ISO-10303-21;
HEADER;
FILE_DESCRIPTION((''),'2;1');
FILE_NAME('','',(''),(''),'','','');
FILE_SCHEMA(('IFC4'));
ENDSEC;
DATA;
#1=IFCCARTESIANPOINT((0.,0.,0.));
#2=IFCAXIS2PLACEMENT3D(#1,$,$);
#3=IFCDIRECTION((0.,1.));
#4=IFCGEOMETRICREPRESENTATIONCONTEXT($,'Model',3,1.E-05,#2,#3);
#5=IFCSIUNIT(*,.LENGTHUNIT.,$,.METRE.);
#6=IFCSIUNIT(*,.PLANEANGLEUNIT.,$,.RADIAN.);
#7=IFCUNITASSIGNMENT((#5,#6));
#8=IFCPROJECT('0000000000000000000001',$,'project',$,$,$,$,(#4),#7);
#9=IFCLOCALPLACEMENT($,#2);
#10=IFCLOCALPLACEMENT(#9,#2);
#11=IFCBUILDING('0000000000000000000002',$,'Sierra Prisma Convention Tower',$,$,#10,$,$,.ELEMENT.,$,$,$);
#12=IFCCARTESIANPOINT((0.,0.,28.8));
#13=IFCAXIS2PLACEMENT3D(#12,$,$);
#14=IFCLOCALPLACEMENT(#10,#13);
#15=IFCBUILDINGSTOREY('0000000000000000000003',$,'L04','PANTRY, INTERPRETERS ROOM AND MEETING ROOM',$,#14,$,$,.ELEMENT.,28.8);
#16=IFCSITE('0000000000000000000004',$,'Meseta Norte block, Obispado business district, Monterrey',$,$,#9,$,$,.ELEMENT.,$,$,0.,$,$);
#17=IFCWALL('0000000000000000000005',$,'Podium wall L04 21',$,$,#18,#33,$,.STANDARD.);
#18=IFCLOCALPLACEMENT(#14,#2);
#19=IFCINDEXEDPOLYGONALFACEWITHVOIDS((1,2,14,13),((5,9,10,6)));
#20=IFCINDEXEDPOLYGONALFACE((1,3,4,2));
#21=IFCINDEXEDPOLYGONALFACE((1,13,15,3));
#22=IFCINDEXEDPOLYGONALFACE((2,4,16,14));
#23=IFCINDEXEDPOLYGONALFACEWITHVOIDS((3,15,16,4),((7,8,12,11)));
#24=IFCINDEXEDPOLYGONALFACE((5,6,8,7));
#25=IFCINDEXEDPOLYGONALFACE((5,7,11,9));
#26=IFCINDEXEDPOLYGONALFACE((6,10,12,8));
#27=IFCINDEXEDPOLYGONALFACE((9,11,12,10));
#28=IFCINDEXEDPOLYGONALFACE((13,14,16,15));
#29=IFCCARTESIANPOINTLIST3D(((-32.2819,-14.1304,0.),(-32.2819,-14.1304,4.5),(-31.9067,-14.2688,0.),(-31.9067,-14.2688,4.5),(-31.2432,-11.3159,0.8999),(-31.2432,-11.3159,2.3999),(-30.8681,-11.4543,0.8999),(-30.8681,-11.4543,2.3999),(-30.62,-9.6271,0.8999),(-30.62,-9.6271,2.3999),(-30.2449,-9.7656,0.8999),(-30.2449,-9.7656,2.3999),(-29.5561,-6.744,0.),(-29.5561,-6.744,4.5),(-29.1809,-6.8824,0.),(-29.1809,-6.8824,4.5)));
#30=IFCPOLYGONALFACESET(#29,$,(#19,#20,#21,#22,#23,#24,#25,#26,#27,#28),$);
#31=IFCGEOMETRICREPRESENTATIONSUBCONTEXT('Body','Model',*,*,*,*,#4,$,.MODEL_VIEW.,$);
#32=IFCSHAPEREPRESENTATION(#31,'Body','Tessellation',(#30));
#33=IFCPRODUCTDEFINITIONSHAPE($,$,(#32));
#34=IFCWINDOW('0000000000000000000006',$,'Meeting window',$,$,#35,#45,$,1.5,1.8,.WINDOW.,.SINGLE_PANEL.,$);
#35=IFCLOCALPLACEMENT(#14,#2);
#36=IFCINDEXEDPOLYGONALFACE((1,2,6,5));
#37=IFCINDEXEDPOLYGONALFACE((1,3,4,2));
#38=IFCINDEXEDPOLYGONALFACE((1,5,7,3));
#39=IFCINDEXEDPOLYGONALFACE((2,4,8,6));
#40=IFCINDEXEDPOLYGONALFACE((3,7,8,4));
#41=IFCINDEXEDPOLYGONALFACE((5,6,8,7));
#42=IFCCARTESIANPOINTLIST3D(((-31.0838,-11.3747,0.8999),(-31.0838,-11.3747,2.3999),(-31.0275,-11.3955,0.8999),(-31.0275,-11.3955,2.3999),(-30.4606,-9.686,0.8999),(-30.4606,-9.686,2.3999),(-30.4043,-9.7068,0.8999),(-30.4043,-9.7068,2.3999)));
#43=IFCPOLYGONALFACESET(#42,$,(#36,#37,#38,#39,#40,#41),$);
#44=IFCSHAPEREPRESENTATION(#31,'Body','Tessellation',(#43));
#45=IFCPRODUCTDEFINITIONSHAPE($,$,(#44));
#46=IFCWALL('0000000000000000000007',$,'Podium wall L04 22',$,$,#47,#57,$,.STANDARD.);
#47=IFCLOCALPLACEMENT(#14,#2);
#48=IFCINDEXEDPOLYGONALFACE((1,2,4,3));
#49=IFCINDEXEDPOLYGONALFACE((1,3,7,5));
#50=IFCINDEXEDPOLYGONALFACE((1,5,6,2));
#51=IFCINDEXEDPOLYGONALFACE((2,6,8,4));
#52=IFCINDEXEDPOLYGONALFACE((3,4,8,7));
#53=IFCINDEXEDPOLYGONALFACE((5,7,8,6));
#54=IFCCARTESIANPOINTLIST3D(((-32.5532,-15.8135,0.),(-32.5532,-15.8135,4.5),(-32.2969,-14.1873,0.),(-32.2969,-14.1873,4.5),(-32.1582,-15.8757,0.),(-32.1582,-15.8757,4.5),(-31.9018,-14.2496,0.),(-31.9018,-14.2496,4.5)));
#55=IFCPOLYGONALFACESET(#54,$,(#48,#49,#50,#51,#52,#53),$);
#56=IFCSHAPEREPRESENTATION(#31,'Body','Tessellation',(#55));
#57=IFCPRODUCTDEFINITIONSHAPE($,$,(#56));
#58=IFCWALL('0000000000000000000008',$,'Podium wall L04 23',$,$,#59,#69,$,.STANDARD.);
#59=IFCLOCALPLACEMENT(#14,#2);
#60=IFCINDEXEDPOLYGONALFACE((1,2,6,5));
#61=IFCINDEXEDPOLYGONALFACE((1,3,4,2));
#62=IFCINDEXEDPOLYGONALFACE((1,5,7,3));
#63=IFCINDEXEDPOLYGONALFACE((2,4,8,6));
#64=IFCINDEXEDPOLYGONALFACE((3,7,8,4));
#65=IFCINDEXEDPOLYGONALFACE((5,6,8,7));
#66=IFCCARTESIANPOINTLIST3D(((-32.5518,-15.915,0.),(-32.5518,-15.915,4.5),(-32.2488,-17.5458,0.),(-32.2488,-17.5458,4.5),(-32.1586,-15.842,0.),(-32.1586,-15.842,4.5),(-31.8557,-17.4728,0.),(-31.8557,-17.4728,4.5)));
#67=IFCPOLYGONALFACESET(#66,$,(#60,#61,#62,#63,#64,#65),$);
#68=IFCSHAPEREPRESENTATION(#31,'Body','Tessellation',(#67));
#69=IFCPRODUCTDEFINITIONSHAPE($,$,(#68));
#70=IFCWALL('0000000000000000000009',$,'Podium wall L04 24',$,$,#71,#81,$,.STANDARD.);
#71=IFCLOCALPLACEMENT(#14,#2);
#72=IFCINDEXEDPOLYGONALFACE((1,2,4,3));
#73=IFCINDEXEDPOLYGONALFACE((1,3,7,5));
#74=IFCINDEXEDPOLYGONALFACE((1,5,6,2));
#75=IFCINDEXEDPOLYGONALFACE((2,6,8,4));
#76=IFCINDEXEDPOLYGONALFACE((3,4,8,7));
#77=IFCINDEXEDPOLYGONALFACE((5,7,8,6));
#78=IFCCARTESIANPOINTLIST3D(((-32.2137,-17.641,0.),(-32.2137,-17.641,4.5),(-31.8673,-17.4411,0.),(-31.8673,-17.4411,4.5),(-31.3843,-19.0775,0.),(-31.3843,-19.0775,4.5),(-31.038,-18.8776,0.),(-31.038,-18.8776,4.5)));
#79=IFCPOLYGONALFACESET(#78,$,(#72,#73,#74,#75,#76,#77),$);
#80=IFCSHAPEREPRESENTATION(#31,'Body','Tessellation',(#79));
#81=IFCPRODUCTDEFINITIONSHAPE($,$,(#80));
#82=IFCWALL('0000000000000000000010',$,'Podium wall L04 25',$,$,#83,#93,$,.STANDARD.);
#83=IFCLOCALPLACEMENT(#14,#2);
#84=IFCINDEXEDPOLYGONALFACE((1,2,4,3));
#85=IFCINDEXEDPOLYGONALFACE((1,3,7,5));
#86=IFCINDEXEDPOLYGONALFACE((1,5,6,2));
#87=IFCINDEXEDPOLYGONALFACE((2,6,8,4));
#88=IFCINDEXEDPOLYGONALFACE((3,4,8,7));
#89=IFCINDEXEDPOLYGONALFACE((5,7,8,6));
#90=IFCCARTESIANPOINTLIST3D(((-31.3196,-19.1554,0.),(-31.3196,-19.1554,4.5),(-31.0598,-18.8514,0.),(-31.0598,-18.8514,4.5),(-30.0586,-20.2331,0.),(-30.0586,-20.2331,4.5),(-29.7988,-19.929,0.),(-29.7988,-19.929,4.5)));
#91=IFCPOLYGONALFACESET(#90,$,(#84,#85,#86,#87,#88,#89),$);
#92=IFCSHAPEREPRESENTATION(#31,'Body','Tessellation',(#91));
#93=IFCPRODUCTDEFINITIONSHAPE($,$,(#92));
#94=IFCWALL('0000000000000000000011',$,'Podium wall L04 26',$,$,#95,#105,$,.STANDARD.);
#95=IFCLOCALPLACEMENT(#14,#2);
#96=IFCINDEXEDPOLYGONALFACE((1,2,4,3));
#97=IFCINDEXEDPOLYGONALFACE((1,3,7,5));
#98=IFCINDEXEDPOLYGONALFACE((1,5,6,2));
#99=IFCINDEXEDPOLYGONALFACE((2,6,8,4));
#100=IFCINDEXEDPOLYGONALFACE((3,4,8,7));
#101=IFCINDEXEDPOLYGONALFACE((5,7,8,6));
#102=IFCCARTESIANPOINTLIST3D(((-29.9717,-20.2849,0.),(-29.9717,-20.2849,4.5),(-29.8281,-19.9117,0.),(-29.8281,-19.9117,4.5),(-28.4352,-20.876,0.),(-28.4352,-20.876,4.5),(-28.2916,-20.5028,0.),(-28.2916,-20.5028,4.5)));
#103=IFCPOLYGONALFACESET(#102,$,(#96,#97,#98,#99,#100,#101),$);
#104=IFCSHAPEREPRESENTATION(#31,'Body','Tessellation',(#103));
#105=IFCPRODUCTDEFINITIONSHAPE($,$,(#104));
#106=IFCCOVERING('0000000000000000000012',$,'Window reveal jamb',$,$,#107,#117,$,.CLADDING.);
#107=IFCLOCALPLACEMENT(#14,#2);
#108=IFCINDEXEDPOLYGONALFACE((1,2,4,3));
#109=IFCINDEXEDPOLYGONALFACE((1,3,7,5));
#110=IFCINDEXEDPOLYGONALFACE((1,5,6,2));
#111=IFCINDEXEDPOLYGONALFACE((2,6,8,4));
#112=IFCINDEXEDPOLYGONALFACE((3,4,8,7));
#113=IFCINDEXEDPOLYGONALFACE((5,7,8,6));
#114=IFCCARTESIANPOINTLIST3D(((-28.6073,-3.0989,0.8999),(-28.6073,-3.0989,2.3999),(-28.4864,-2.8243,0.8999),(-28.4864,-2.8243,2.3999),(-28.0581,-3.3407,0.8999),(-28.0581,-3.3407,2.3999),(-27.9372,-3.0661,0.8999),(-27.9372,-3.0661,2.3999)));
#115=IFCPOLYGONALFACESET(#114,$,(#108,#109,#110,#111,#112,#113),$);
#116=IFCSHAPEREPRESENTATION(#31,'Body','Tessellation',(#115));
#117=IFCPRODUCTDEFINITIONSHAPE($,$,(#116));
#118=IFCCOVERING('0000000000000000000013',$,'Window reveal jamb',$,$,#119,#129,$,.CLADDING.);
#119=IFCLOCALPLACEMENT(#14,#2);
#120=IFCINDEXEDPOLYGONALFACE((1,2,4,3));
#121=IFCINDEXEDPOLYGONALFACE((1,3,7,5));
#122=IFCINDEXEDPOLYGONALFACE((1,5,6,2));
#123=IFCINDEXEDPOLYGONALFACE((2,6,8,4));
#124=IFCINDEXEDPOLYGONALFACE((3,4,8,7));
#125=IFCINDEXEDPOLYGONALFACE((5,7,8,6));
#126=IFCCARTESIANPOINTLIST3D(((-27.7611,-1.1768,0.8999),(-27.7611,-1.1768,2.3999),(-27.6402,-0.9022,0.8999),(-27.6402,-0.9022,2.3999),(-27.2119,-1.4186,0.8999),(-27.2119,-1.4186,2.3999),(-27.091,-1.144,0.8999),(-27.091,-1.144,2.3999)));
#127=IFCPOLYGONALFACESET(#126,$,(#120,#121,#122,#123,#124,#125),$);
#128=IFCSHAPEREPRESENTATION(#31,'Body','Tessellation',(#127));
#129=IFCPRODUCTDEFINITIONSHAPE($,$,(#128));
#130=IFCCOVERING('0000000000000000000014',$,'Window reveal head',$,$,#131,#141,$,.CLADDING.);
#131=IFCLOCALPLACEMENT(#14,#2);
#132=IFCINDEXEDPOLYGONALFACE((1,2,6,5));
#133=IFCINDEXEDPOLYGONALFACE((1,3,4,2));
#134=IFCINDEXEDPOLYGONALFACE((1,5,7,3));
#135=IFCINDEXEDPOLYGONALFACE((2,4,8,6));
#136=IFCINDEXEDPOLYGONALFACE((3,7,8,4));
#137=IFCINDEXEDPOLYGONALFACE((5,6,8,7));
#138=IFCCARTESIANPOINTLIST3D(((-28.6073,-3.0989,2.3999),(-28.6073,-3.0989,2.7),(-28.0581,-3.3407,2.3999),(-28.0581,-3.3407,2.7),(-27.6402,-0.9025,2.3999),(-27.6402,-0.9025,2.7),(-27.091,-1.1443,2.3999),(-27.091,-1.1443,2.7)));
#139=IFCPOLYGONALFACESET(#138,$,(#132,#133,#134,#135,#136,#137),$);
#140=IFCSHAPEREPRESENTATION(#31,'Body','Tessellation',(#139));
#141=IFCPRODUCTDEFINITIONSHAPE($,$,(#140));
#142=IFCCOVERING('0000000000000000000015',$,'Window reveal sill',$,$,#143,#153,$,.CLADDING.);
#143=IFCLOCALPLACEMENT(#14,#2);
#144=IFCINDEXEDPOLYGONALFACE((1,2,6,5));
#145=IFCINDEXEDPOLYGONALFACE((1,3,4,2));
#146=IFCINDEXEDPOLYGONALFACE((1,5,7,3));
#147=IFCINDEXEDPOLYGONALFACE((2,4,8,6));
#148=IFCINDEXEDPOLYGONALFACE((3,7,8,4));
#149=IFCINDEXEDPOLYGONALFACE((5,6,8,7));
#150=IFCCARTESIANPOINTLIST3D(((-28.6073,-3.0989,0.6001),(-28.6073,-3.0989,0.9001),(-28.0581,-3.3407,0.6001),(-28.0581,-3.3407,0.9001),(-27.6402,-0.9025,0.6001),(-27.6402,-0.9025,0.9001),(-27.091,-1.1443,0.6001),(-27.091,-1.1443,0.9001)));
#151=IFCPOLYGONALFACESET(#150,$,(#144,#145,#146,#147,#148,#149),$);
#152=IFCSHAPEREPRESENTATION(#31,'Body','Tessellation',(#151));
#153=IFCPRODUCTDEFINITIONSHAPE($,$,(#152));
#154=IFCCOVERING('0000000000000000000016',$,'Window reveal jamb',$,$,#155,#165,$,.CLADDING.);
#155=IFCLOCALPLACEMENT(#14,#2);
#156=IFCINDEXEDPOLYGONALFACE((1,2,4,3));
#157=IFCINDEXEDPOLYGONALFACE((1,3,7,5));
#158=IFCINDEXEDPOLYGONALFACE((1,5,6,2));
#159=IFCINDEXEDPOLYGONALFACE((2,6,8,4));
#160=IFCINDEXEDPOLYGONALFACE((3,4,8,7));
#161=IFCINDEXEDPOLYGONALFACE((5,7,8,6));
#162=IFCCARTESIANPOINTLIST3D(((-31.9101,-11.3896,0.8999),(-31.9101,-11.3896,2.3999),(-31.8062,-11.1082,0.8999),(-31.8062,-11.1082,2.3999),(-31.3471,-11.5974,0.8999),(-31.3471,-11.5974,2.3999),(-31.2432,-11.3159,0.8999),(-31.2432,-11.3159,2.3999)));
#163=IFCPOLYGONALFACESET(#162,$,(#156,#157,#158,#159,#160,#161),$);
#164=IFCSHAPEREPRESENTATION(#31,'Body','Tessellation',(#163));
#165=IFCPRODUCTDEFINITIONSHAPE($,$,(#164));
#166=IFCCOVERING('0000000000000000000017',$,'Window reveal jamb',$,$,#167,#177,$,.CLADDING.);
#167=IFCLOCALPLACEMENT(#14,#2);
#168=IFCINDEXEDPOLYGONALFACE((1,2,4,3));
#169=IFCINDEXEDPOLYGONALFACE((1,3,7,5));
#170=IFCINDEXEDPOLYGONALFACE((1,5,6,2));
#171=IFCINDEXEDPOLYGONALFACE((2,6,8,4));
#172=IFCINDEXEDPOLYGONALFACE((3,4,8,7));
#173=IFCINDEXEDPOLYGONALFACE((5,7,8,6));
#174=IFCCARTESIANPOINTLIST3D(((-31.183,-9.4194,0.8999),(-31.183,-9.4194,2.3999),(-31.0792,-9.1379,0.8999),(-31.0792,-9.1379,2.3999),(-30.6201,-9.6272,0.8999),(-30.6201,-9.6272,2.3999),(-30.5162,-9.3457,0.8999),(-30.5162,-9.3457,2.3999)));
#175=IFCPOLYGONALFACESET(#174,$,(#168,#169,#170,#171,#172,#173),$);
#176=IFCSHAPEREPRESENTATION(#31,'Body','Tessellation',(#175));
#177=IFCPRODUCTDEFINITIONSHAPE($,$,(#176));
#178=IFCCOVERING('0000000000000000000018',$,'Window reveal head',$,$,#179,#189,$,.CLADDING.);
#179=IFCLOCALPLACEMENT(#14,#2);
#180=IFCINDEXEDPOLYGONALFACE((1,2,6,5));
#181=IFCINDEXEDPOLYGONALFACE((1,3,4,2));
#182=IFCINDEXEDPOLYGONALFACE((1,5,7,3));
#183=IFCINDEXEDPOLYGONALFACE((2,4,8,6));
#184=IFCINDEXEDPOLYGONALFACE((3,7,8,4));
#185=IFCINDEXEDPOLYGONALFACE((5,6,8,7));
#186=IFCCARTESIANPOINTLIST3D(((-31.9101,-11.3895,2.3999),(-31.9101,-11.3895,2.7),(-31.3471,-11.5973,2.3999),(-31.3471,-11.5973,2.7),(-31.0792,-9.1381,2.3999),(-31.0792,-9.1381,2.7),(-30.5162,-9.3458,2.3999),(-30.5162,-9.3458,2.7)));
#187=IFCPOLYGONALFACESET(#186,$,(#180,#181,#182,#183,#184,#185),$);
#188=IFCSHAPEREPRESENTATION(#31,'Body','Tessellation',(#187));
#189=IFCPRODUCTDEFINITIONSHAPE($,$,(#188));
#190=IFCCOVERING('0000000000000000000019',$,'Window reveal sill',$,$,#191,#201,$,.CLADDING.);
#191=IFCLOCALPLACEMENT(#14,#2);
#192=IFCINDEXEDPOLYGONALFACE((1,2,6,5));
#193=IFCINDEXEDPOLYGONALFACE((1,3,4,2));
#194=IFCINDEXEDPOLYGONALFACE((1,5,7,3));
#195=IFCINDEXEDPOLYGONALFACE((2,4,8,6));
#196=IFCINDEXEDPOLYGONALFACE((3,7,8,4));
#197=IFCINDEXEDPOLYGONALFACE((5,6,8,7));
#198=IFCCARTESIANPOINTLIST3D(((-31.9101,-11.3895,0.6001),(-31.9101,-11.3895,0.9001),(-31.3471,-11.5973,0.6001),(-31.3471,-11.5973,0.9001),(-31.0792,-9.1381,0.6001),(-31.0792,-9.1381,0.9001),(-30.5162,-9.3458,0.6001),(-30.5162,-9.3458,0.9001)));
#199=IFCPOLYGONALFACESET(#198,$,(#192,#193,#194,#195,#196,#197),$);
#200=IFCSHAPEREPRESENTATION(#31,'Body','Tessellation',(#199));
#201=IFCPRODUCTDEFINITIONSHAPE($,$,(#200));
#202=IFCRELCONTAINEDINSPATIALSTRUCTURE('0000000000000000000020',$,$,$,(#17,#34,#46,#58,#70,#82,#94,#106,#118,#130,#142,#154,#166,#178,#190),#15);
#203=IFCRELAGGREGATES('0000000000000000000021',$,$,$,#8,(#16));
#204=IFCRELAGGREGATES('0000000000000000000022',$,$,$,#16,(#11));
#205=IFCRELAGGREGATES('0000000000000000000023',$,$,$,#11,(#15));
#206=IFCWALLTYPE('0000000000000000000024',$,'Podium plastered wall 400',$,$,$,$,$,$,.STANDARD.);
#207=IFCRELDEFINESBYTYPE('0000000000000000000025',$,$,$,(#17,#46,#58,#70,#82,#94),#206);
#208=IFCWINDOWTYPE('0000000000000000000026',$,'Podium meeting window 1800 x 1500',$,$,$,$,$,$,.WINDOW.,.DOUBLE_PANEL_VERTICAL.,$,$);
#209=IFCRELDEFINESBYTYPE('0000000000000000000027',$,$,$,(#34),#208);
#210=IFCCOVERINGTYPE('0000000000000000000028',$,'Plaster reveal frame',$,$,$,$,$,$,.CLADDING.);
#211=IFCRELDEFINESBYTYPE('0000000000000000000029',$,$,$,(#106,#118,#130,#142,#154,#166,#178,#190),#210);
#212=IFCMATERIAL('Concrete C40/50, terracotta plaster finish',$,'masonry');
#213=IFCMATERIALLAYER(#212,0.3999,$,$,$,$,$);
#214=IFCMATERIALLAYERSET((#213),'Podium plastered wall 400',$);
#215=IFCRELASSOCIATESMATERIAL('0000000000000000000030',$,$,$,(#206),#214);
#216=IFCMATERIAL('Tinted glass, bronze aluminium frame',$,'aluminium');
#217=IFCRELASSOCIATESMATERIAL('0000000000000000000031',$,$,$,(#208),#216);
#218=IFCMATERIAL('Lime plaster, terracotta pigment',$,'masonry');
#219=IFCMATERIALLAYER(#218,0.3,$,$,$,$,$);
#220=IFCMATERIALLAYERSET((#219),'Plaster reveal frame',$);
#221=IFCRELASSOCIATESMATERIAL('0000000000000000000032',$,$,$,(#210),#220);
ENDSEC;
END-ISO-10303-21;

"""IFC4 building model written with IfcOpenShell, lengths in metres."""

from ifc_helpers import new_model, si_unit, direction, frame, frame_2d, origin, origin_2d, place, context, subcontext, project, spatial, rectangle, extrude, material, layer, layer_set, type_object, element, fill, save


model = new_model("IFC4")

# Units and contexts
model_context = context("Model", 3, precision=1e-05, world=origin(), true_north=direction((0.0, 1.0)))
body_context = subcontext(model_context, "Body", "Model", "MODEL_VIEW")
ifc_project = project(units=[si_unit("LENGTHUNIT", "METRE"), si_unit("PLANEANGLEUNIT", "RADIAN")], contexts=[model_context])

# Site, building, storey
site_placement = place(None, origin())
site = spatial("IfcSite", under=ifc_project, at=site_placement, Name="Meseta Norte block, Obispado business district, Monterrey", CompositionType="ELEMENT", RefElevation=0.0)
building_placement = place(site_placement, origin())
building = spatial("IfcBuilding", under=site, at=building_placement, Name="Sierra Prisma Convention Tower", CompositionType="ELEMENT")
storey_placement = place(building_placement, frame((0.0, 0.0, 28.8)))
storey = spatial("IfcBuildingStorey", under=building, at=storey_placement, Name="L04", Description="PANTRY, INTERPRETERS ROOM AND MEETING ROOM", CompositionType="ELEMENT", Elevation=28.8)

# Wall, opening, window
ifc_material_1 = material(Name="Concrete C40/50, terracotta plaster finish", Category="masonry")
ifc_layer_1 = layer(ifc_material_1, 0.3999)
ifc_layer_set_1 = layer_set([ifc_layer_1], Name="Podium plastered wall 400")
wall_type = type_object("IfcWallType", Name="Podium plastered wall 400", PredefinedType="STANDARD", material=ifc_layer_set_1)
ifc_material_2 = material(Name="Tinted glass, bronze aluminium frame", Category="aluminium")
window_type = type_object("IfcWindowType", Name="Podium meeting window 1800 x 1500", PartitioningType="DOUBLE_PANEL_VERTICAL", PredefinedType="WINDOW", material=ifc_material_2)
wall_1_placement = place(storey_placement, frame((-32.0942, -14.1995, 0.0), z_axis=(0.0, 0.0, 1.0), x_axis=(0.346208, 0.938158, 0.0)))
wall_1 = element("IfcWall", 1, at=wall_1_placement, inside=storey, type_object=wall_type, Name="Podium wall L04 21", PredefinedType="STANDARD", context=body_context, shape_type="SweptSolid", body=[
    extrude(rectangle(XDim=7.8733, YDim=0.3999, at=frame_2d((3.9365, 0.0))), origin(), (0.0, 0.0, 1.0), 4.5),
])
opening_1_placement = place(wall_1_placement, frame((3.0, 0.0, 0.8999)))
opening_1 = element("IfcOpeningElement", 2, at=opening_1_placement, cuts=wall_1, PredefinedType="OPENING", context=body_context, shape_type="SweptSolid", body=[
    extrude(rectangle(XDim=1.8, YDim=1.5, at=frame_2d((0.8999, 0.75))), frame((0.0, 0.2, 0.0), z_axis=(0.0, -1.0, 0.0), x_axis=(1.0, 0.0, 0.0)), (0.0, 0.0, 1.0), 0.3999),
])
window_1_placement = place(opening_1_placement, origin())
window_1 = element("IfcWindow", 3, at=window_1_placement, inside=storey, type_object=window_type, Name="Meeting window", OverallHeight=1.5, OverallWidth=1.8, PartitioningType="SINGLE_PANEL", PredefinedType="WINDOW", context=body_context, shape_type="SweptSolid", body=[
    extrude(rectangle(XDim=1.8, YDim=1.5, at=frame_2d((0.8999, 0.75))), frame((0.0, 0.03, 0.0), z_axis=(0.0, -1.0, 0.0), x_axis=(1.0, 0.0, 0.0)), (0.0, 0.0, 1.0), 0.0601),
])
fill(opening_1, window_1)

# Walls
wall_2_placement = place(storey_placement, frame((-32.3557, -15.8447, 0.0), z_axis=(0.0, 0.0, 1.0), x_axis=(0.155711, 0.987803, 0.0)))
element("IfcWall", 4, at=wall_2_placement, inside=storey, type_object=wall_type, Name="Podium wall L04 22", PredefinedType="STANDARD", context=body_context, shape_type="SweptSolid", body=[
    extrude(rectangle(XDim=1.6462, YDim=0.3999, at=frame_2d((0.8232, 0.0))), origin(), (0.0, 0.0, 1.0), 4.5),
])
for number, where, z_axis, x_axis, name in (
    (5, (-32.0522, -17.5093, 0.0), (0.0, 0.0, 1.0), (-0.182653, 0.983177, 0.0), "Podium wall L04 23"),
    (6, (-31.2112, -18.9775, 0.0), (0.0, 0.0, 1.0), (-0.499986, 0.866034, 0.0), "Podium wall L04 24"),
    (7, (-29.9287, -20.0811, 0.0), (0.0, 0.0, 1.0), (-0.760212, 0.649676, 0.0), "Podium wall L04 25"),
):
    element("IfcWall", number, at=place(storey_placement, frame(where, z_axis=z_axis, x_axis=x_axis)), inside=storey, type_object=wall_type, Name=name, PredefinedType="STANDARD", context=body_context, shape_type="SweptSolid", body=[
        extrude(rectangle(XDim=1.6587, YDim=0.3999, at=frame_2d((0.8293, 0.0))), origin(), (0.0, 0.0, 1.0), 4.5),
    ])
wall_3_placement = place(storey_placement, frame((-28.3633, -20.6895, 0.0), z_axis=(0.0, 0.0, 1.0), x_axis=(-0.933315, 0.359059, 0.0)))
element("IfcWall", 8, at=wall_3_placement, inside=storey, type_object=wall_type, Name="Podium wall L04 26", PredefinedType="STANDARD", context=body_context, shape_type="SweptSolid", body=[
    extrude(rectangle(XDim=1.6462, YDim=0.3999, at=frame_2d((0.8232, 0.0))), origin(), (0.0, 0.0, 1.0), 4.5),
])

# Coverings
ifc_material_3 = material(Name="Lime plaster, terracotta pigment", Category="masonry")
ifc_layer_2 = layer(ifc_material_3, 0.3)
ifc_layer_set_2 = layer_set([ifc_layer_2], Name="Plaster reveal frame")
covering_type = type_object("IfcCoveringType", Name="Plaster reveal frame", PredefinedType="CLADDING", material=ifc_layer_set_2)
for number, where, z_axis, x_axis, name in (
    (9, (-28.2722, -3.0825, 0.8999), (0.0, 0.0, 1.0), (0.402986, 0.915206, 0.0), "Window reveal jamb"),
    (10, (-27.426, -1.1604, 0.8999), (0.0, 0.0, 1.0), (0.402986, 0.915206, 0.0), "Window reveal jamb"),
):
    element("IfcCovering", number, at=place(storey_placement, frame(where, z_axis=z_axis, x_axis=x_axis)), inside=storey, type_object=covering_type, Name=name, PredefinedType="CLADDING", context=body_context, shape_type="SweptSolid", body=[
        extrude(rectangle(XDim=0.3, YDim=0.6001, at=origin_2d()), origin(), (0.0, 0.0, 1.0), 1.5),
    ])
for number, where, z_axis, x_axis, name in (
    (11, (-27.8491, -2.1216, 2.3999), (0.0, 0.0, 1.0), (0.402986, 0.915206, 0.0), "Window reveal head"),
    (12, (-27.8491, -2.1216, 0.6001), (0.0, 0.0, 1.0), (0.402986, 0.915206, 0.0), "Window reveal sill"),
):
    element("IfcCovering", number, at=place(storey_placement, frame(where, z_axis=z_axis, x_axis=x_axis)), inside=storey, type_object=covering_type, Name=name, PredefinedType="CLADDING", context=body_context, shape_type="SweptSolid", body=[
        extrude(rectangle(XDim=2.3999, YDim=0.6001, at=origin_2d()), origin(), (0.0, 0.0, 1.0), 0.3),
    ])
for number, where, z_axis, x_axis, name in (
    (13, (-31.5767, -11.3528, 0.8999), (0.0, 0.0, 1.0), (0.346215, 0.938155, 0.0), "Window reveal jamb"),
    (14, (-30.8496, -9.3826, 0.8999), (0.0, 0.0, 1.0), (0.346215, 0.938155, 0.0), "Window reveal jamb"),
):
    element("IfcCovering", number, at=place(storey_placement, frame(where, z_axis=z_axis, x_axis=x_axis)), inside=storey, type_object=covering_type, Name=name, PredefinedType="CLADDING", context=body_context, shape_type="SweptSolid", body=[
        extrude(rectangle(XDim=0.3, YDim=0.6001, at=origin_2d()), origin(), (0.0, 0.0, 1.0), 1.5),
    ])
for number, where, z_axis, x_axis, name in (
    (15, (-31.2131, -10.3677, 2.3999), (0.0, 0.0, 1.0), (0.346215, 0.938155, 0.0), "Window reveal head"),
    (16, (-31.2131, -10.3677, 0.6001), (0.0, 0.0, 1.0), (0.346215, 0.938155, 0.0), "Window reveal sill"),
):
    element("IfcCovering", number, at=place(storey_placement, frame(where, z_axis=z_axis, x_axis=x_axis)), inside=storey, type_object=covering_type, Name=name, PredefinedType="CLADDING", context=body_context, shape_type="SweptSolid", body=[
        extrude(rectangle(XDim=2.3999, YDim=0.6001, at=origin_2d()), origin(), (0.0, 0.0, 1.0), 0.3),
    ])

save(model, "model.ifc")
